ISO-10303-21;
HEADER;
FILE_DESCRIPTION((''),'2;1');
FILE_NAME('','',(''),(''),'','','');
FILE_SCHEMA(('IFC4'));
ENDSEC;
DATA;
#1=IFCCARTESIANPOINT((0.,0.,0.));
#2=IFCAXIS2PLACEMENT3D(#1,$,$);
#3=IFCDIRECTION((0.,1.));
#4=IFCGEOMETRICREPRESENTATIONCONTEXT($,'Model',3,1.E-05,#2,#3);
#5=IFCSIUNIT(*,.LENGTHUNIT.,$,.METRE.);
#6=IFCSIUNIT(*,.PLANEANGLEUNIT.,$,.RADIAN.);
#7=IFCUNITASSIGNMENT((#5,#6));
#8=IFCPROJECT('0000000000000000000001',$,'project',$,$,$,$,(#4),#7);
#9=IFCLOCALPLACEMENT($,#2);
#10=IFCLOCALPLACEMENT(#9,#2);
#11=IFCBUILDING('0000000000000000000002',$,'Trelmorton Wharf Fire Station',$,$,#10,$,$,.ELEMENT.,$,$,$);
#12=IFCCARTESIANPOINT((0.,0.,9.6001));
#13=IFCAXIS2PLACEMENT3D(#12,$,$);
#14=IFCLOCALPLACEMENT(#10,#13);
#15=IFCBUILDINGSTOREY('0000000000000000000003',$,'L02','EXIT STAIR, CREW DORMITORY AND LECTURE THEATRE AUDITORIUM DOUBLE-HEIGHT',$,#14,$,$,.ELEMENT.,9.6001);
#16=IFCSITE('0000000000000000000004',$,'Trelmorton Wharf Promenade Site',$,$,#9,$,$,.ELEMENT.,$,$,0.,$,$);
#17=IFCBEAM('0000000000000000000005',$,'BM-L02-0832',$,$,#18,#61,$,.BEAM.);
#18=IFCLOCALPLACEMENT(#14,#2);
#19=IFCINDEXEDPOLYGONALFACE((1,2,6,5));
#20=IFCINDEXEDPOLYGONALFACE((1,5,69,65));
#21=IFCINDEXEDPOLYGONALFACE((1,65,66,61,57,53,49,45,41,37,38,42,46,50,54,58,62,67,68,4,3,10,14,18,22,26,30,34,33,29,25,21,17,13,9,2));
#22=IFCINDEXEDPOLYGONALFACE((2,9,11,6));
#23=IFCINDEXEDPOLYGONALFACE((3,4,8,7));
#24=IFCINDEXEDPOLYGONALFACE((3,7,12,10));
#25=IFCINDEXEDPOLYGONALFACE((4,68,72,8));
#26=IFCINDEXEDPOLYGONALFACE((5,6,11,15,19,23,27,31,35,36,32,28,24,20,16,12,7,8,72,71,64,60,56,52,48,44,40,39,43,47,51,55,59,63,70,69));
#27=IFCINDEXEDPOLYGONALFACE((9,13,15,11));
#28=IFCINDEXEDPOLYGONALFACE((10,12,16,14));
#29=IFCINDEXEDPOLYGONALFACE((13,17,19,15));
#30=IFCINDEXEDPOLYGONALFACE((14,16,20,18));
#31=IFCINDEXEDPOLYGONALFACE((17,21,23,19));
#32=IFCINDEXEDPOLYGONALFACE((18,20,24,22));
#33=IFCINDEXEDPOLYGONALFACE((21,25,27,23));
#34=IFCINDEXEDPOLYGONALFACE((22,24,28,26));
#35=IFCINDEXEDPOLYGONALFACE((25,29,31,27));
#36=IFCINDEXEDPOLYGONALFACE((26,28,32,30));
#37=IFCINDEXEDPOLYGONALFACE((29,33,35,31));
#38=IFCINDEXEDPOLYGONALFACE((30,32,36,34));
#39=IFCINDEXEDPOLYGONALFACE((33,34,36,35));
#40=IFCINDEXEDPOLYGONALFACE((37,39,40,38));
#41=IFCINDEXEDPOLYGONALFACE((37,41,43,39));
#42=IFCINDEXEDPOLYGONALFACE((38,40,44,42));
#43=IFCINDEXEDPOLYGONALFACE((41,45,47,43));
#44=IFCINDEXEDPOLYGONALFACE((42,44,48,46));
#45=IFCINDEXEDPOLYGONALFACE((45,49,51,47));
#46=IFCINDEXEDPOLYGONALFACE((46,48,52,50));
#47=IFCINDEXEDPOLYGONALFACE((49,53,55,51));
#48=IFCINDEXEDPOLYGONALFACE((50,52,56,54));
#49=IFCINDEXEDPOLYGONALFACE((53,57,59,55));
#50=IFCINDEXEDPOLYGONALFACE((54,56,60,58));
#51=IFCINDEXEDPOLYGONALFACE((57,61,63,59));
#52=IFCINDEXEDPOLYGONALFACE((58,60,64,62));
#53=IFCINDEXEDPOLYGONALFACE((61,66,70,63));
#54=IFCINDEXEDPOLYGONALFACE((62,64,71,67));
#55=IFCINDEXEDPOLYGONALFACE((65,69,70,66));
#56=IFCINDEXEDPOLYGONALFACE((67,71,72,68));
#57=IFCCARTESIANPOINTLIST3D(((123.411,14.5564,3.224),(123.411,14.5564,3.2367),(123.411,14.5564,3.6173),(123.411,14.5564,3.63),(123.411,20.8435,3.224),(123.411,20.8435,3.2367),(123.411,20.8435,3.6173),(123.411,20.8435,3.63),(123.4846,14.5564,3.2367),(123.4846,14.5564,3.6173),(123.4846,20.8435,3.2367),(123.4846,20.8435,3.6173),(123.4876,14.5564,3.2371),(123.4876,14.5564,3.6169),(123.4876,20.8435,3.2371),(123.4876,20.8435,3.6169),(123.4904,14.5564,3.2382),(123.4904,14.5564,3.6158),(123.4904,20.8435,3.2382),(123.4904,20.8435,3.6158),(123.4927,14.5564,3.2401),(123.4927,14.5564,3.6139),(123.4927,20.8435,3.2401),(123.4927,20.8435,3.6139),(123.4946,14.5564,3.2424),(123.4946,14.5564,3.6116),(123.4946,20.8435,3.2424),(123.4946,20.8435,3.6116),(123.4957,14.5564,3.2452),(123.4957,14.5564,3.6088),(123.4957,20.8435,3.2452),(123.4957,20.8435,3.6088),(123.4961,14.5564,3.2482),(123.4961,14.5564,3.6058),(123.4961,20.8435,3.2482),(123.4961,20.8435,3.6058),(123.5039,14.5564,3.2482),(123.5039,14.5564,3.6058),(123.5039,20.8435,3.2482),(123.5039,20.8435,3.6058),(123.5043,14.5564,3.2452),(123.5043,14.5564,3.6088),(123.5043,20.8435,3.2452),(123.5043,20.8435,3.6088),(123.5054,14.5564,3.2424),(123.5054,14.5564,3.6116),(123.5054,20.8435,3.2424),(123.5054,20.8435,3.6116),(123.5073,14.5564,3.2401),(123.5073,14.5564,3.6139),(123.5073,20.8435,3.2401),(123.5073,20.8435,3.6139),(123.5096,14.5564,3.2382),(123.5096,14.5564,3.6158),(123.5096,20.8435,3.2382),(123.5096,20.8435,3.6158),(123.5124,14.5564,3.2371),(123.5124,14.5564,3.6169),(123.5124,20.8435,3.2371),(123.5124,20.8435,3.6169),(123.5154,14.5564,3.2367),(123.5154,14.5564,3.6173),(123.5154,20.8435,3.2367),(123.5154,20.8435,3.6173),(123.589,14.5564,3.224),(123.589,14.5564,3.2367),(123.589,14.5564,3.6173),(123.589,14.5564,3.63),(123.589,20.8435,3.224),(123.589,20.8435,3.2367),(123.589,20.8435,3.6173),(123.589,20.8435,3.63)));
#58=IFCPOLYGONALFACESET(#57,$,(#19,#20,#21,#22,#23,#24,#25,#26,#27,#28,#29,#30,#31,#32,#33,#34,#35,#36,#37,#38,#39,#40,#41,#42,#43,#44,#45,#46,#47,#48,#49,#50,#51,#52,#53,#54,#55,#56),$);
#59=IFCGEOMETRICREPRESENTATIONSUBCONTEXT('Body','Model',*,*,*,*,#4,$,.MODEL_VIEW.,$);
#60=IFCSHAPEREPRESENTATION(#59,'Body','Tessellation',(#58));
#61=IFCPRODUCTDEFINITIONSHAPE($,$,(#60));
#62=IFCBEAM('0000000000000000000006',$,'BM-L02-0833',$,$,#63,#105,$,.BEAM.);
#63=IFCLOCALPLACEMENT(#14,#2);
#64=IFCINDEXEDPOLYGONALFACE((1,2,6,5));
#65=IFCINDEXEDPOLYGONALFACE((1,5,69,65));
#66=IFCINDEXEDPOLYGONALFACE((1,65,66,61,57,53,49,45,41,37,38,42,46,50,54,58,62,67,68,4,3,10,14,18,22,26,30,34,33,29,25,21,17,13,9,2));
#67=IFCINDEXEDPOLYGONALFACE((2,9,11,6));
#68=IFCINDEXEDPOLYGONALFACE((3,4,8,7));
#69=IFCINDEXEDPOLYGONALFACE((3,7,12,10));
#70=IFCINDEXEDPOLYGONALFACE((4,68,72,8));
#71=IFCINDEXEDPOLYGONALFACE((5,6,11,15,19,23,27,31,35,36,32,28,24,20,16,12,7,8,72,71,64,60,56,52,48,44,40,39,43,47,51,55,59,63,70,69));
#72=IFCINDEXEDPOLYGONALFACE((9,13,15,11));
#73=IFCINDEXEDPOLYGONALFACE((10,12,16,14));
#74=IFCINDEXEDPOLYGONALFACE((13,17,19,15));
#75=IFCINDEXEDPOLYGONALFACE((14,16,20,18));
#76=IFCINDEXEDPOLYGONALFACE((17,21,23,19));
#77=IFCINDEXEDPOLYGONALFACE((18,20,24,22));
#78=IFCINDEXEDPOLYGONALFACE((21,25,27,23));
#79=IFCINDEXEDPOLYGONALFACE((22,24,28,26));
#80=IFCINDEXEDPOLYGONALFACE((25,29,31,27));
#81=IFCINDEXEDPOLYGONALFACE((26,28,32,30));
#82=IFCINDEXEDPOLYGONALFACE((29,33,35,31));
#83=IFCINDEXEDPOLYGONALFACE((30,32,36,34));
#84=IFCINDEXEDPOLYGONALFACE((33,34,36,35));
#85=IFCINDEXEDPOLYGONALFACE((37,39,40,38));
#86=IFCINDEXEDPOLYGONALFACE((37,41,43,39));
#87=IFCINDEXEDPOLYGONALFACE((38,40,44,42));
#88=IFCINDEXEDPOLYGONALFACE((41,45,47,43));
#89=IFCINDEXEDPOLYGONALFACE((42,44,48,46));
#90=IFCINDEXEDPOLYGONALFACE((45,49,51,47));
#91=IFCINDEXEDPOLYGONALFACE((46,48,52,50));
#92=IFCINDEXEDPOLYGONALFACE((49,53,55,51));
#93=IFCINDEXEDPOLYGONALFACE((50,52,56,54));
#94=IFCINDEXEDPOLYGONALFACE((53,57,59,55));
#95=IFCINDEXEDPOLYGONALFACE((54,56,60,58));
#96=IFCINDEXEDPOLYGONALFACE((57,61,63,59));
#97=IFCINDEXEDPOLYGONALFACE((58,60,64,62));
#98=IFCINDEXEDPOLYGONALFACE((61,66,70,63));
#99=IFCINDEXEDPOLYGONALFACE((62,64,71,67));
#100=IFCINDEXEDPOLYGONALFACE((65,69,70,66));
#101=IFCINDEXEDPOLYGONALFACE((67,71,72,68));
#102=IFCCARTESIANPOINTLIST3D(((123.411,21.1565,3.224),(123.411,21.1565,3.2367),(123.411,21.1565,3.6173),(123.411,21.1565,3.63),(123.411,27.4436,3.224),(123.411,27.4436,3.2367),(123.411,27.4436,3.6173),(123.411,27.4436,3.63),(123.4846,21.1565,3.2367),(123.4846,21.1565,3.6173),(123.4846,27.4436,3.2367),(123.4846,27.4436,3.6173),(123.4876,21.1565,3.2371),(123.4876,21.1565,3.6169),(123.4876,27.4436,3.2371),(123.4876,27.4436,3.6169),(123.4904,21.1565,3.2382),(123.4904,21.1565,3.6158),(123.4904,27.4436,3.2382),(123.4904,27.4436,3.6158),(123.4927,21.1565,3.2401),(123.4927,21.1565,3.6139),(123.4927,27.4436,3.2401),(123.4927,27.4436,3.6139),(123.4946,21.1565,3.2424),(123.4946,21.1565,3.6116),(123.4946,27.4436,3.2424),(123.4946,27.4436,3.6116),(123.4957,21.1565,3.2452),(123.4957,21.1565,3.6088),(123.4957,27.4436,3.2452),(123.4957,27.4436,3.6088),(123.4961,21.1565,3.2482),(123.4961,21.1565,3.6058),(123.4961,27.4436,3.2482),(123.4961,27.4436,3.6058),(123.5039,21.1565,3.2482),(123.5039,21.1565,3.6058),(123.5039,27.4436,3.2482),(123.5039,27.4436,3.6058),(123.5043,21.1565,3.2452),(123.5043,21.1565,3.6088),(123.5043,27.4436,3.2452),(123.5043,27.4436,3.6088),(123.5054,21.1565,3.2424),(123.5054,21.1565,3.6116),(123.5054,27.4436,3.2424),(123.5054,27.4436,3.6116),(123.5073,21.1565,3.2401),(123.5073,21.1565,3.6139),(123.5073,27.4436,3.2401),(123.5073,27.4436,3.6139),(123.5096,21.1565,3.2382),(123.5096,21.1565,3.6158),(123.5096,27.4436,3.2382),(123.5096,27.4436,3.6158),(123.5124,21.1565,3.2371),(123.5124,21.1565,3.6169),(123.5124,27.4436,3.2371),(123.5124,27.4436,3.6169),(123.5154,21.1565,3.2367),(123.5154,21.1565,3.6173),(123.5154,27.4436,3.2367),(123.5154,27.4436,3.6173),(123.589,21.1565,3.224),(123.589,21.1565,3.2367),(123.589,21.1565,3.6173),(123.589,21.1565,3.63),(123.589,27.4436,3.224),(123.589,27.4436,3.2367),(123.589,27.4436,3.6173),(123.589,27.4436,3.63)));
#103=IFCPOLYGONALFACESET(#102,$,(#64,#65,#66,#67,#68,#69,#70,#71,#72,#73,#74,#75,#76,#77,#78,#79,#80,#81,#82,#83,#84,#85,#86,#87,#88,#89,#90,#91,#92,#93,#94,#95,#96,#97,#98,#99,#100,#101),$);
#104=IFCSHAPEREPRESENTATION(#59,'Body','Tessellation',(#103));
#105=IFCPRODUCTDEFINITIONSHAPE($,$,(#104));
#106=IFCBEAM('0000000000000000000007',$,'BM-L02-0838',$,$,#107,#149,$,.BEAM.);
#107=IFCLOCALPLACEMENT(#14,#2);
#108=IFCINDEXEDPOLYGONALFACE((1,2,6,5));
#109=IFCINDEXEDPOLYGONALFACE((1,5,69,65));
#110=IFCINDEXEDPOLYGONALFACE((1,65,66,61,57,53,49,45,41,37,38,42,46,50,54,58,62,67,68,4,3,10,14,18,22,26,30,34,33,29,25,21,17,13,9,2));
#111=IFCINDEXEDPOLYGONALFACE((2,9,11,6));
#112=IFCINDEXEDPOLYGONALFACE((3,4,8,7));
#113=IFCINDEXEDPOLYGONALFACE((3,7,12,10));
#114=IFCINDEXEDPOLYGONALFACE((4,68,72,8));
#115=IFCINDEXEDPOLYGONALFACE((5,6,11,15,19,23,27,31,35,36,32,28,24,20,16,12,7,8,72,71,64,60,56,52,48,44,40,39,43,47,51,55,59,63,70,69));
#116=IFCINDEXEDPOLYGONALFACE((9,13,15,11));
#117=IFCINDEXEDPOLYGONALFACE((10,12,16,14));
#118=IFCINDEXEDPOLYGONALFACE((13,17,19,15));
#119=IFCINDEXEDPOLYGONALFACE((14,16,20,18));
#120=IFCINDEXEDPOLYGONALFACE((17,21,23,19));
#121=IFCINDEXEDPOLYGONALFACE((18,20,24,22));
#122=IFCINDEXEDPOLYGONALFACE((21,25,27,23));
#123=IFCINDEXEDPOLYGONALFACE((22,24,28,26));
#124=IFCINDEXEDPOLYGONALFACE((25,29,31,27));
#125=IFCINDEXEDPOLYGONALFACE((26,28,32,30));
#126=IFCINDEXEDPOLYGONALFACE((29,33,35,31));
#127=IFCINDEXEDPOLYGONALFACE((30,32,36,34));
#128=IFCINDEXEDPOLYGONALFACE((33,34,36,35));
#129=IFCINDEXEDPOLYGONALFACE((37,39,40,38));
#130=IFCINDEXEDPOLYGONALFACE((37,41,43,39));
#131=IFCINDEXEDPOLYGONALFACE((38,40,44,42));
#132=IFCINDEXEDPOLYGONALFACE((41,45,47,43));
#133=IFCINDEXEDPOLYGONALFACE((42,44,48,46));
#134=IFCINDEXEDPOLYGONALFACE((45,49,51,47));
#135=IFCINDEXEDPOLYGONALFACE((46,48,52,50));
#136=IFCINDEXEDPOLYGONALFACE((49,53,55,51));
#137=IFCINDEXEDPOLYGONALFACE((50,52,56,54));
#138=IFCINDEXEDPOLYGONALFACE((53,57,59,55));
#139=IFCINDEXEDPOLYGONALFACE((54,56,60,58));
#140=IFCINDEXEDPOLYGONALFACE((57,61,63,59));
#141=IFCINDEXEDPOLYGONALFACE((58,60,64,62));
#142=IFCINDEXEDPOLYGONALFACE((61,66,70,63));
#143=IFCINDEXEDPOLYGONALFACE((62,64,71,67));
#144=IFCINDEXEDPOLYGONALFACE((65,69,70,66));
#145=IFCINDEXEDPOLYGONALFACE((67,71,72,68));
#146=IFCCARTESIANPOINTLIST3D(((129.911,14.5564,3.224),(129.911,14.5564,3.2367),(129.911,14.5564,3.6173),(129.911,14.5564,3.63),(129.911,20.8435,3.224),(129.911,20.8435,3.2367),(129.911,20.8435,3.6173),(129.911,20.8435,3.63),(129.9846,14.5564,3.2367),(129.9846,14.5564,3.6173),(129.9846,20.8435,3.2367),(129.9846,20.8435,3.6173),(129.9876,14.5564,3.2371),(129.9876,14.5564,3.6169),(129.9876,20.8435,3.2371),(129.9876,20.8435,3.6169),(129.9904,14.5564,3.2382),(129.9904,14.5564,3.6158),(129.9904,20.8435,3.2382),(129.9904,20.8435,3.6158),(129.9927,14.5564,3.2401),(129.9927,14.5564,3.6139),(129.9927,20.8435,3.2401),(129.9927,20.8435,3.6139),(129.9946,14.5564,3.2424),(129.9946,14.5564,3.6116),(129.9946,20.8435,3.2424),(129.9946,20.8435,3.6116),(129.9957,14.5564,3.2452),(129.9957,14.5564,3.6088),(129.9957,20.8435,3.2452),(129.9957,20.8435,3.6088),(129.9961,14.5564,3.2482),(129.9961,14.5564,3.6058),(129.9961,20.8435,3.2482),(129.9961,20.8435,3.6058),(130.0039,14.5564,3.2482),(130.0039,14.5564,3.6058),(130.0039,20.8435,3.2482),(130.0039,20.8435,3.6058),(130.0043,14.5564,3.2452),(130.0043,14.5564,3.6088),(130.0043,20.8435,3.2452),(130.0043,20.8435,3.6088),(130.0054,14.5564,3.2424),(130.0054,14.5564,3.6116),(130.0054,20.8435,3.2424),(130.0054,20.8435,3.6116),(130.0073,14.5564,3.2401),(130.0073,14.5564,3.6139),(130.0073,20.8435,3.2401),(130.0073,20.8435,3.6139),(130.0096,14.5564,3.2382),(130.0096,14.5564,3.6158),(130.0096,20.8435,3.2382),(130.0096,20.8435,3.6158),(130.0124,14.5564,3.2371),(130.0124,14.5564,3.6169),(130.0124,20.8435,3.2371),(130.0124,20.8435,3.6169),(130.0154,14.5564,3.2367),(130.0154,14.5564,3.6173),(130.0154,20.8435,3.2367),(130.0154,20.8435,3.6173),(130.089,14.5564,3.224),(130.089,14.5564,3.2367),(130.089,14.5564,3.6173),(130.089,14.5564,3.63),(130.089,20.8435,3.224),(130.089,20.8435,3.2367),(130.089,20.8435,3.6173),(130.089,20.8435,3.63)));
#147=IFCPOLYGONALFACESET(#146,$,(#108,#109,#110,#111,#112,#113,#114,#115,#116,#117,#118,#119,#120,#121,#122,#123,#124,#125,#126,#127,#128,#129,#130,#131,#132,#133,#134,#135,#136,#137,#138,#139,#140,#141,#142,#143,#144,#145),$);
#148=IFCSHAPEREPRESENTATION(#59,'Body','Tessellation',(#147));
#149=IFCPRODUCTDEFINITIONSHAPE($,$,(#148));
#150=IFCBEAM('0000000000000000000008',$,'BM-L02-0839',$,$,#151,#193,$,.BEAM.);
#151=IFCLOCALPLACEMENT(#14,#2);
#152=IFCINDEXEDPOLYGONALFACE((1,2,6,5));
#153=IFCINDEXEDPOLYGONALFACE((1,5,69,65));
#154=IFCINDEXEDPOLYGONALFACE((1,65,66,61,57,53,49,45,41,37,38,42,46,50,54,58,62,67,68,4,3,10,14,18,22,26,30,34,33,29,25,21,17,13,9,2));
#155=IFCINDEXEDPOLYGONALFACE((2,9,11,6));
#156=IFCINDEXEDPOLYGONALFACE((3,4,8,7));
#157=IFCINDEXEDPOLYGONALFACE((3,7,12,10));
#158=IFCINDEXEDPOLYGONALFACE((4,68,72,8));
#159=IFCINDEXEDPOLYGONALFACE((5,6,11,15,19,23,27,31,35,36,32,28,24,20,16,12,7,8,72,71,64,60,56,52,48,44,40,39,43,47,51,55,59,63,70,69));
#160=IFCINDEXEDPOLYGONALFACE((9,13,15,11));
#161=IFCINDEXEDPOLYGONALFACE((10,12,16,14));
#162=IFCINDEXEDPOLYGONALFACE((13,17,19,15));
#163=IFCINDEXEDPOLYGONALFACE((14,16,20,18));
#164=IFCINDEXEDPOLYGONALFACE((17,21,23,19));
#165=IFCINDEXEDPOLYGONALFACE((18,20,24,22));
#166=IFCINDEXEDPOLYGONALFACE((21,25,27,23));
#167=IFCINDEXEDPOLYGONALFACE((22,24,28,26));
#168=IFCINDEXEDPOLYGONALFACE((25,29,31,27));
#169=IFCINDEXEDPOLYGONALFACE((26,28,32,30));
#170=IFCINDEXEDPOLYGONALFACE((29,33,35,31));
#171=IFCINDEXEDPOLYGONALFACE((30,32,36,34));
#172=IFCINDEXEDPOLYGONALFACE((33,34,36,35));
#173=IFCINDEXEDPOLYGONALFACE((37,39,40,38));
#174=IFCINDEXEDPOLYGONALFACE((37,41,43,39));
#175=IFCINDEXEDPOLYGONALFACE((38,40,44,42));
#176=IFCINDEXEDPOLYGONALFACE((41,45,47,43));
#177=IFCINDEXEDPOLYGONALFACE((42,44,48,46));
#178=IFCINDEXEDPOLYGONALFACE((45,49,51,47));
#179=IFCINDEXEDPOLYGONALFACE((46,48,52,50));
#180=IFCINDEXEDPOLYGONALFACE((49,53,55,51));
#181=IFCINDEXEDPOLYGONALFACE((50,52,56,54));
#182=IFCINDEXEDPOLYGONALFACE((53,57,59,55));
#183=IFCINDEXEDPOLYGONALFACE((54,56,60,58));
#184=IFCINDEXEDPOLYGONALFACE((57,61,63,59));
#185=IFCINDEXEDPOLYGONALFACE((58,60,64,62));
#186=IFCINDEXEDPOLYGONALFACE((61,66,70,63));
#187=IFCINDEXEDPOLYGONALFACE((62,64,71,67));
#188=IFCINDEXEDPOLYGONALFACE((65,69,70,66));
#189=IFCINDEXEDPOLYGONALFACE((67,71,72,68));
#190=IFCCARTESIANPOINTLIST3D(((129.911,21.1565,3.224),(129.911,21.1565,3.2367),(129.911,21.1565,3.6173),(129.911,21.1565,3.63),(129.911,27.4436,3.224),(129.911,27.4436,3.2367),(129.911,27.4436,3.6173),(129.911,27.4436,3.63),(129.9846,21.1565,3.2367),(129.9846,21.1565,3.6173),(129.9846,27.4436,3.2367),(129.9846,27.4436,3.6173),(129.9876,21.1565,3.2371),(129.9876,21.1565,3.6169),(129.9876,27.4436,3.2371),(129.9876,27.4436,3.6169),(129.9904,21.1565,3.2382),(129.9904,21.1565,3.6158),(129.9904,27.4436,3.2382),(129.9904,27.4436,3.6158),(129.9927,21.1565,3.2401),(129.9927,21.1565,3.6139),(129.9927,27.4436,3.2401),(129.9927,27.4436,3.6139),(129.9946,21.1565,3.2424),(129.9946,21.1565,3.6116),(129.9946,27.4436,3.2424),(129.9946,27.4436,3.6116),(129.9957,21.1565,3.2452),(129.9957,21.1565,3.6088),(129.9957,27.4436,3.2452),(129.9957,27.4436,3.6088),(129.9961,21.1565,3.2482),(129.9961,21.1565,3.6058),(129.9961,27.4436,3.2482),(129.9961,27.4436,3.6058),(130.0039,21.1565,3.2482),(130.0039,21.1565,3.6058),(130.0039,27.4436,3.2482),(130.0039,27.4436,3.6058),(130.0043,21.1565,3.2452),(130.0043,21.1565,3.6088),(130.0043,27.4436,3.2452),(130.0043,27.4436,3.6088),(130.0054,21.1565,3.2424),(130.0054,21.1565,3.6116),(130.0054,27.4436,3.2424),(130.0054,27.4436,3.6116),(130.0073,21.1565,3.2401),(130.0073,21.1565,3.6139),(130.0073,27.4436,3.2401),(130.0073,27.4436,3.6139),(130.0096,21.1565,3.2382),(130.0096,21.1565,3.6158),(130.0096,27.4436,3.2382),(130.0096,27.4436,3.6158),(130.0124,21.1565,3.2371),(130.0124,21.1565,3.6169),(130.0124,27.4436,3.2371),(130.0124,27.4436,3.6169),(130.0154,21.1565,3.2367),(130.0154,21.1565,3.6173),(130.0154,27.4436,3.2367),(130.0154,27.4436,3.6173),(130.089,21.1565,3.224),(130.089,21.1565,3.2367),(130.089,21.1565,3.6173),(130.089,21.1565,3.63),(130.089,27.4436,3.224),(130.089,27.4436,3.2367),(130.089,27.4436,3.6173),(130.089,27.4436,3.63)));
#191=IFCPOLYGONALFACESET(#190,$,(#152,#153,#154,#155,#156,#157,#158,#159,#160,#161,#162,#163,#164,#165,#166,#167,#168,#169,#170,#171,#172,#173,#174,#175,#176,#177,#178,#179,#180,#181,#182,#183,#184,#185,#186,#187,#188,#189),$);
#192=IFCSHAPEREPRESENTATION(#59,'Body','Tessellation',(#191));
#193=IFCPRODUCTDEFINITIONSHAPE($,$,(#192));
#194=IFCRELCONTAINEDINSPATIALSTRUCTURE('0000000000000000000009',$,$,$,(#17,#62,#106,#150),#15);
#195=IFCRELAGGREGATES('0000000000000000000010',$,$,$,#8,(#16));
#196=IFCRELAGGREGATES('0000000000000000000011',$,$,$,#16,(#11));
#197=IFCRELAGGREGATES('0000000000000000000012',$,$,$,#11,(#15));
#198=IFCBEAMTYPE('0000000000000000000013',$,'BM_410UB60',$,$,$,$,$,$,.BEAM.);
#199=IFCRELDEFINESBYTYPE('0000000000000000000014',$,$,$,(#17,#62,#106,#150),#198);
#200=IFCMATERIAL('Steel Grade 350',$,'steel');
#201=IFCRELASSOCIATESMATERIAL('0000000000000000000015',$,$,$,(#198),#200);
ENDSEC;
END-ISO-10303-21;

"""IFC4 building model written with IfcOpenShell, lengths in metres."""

from ifc_helpers import new_model, si_unit, direction, frame, origin, origin_2d, place, context, subcontext, project, spatial, i_section, extrude, material, material_profile, profile_set, type_object, element, save


model = new_model("IFC4")

# Units and contexts
model_context = context("Model", 3, precision=1e-05, world=origin(), true_north=direction((0.0, 1.0)))
body_context = subcontext(model_context, "Body", "Model", "MODEL_VIEW")
ifc_project = project(units=[si_unit("LENGTHUNIT", "METRE"), si_unit("PLANEANGLEUNIT", "RADIAN")], contexts=[model_context])

# Site, building, storey
site_placement = place(None, origin())
site = spatial("IfcSite", under=ifc_project, at=site_placement, Name="Trelmorton Wharf Promenade Site", CompositionType="ELEMENT", RefElevation=0.0)
building_placement = place(site_placement, origin())
building = spatial("IfcBuilding", under=site, at=building_placement, Name="Trelmorton Wharf Fire Station", CompositionType="ELEMENT")
storey_placement = place(building_placement, frame((0.0, 0.0, 9.6001)))
storey = spatial("IfcBuildingStorey", under=building, at=storey_placement, Name="L02", Description="EXIT STAIR, CREW DORMITORY AND LECTURE THEATRE AUDITORIUM DOUBLE-HEIGHT", CompositionType="ELEMENT", Elevation=9.6001)

# Shared definitions
ifc_material_1 = material(Name="Steel Grade 350", Category="steel")

# Beams
ifc_material_profile_1 = material_profile(ifc_material_1, i_section(OverallWidth=0.178, OverallDepth=0.406, WebThickness=0.0078, FlangeThickness=0.0127, FilletRadius=0.0115, at=origin_2d()), Name="410UB59.7")
ifc_profile_set_1 = profile_set([ifc_material_profile_1], Name="Steel Grade 350")
beam_type_1 = type_object("IfcBeamType", Name="BM_410UB60", PredefinedType="BEAM", material=ifc_profile_set_1)
for number, where, z_axis, x_axis, name in (
    (1, (123.5, 14.5564, 3.427), (0.0, 1.0, 0.0), (-1.0, 0.0, 0.0), "BM-L02-0832"),
    (2, (123.5, 21.1565, 3.427), (0.0, 1.0, 0.0), (-1.0, 0.0, 0.0), "BM-L02-0833"),
    (3, (130.0, 14.5564, 3.427), (0.0, 1.0, 0.0), (-1.0, 0.0, 0.0), "BM-L02-0838"),
    (4, (130.0, 21.1565, 3.427), (0.0, 1.0, 0.0), (-1.0, 0.0, 0.0), "BM-L02-0839"),
):
    element("IfcBeam", number, at=place(storey_placement, frame(where, z_axis=z_axis, x_axis=x_axis)), inside=storey, type_object=beam_type_1, Name=name, PredefinedType="BEAM", context=body_context, shape_type="SweptSolid", body=[
        extrude(i_section(OverallWidth=0.178, OverallDepth=0.406, WebThickness=0.0078, FlangeThickness=0.0127, FilletRadius=0.0115, at=origin_2d()), origin(), (0.0, 0.0, 1.0), 6.2871),
    ])

save(model, "model.ifc")
